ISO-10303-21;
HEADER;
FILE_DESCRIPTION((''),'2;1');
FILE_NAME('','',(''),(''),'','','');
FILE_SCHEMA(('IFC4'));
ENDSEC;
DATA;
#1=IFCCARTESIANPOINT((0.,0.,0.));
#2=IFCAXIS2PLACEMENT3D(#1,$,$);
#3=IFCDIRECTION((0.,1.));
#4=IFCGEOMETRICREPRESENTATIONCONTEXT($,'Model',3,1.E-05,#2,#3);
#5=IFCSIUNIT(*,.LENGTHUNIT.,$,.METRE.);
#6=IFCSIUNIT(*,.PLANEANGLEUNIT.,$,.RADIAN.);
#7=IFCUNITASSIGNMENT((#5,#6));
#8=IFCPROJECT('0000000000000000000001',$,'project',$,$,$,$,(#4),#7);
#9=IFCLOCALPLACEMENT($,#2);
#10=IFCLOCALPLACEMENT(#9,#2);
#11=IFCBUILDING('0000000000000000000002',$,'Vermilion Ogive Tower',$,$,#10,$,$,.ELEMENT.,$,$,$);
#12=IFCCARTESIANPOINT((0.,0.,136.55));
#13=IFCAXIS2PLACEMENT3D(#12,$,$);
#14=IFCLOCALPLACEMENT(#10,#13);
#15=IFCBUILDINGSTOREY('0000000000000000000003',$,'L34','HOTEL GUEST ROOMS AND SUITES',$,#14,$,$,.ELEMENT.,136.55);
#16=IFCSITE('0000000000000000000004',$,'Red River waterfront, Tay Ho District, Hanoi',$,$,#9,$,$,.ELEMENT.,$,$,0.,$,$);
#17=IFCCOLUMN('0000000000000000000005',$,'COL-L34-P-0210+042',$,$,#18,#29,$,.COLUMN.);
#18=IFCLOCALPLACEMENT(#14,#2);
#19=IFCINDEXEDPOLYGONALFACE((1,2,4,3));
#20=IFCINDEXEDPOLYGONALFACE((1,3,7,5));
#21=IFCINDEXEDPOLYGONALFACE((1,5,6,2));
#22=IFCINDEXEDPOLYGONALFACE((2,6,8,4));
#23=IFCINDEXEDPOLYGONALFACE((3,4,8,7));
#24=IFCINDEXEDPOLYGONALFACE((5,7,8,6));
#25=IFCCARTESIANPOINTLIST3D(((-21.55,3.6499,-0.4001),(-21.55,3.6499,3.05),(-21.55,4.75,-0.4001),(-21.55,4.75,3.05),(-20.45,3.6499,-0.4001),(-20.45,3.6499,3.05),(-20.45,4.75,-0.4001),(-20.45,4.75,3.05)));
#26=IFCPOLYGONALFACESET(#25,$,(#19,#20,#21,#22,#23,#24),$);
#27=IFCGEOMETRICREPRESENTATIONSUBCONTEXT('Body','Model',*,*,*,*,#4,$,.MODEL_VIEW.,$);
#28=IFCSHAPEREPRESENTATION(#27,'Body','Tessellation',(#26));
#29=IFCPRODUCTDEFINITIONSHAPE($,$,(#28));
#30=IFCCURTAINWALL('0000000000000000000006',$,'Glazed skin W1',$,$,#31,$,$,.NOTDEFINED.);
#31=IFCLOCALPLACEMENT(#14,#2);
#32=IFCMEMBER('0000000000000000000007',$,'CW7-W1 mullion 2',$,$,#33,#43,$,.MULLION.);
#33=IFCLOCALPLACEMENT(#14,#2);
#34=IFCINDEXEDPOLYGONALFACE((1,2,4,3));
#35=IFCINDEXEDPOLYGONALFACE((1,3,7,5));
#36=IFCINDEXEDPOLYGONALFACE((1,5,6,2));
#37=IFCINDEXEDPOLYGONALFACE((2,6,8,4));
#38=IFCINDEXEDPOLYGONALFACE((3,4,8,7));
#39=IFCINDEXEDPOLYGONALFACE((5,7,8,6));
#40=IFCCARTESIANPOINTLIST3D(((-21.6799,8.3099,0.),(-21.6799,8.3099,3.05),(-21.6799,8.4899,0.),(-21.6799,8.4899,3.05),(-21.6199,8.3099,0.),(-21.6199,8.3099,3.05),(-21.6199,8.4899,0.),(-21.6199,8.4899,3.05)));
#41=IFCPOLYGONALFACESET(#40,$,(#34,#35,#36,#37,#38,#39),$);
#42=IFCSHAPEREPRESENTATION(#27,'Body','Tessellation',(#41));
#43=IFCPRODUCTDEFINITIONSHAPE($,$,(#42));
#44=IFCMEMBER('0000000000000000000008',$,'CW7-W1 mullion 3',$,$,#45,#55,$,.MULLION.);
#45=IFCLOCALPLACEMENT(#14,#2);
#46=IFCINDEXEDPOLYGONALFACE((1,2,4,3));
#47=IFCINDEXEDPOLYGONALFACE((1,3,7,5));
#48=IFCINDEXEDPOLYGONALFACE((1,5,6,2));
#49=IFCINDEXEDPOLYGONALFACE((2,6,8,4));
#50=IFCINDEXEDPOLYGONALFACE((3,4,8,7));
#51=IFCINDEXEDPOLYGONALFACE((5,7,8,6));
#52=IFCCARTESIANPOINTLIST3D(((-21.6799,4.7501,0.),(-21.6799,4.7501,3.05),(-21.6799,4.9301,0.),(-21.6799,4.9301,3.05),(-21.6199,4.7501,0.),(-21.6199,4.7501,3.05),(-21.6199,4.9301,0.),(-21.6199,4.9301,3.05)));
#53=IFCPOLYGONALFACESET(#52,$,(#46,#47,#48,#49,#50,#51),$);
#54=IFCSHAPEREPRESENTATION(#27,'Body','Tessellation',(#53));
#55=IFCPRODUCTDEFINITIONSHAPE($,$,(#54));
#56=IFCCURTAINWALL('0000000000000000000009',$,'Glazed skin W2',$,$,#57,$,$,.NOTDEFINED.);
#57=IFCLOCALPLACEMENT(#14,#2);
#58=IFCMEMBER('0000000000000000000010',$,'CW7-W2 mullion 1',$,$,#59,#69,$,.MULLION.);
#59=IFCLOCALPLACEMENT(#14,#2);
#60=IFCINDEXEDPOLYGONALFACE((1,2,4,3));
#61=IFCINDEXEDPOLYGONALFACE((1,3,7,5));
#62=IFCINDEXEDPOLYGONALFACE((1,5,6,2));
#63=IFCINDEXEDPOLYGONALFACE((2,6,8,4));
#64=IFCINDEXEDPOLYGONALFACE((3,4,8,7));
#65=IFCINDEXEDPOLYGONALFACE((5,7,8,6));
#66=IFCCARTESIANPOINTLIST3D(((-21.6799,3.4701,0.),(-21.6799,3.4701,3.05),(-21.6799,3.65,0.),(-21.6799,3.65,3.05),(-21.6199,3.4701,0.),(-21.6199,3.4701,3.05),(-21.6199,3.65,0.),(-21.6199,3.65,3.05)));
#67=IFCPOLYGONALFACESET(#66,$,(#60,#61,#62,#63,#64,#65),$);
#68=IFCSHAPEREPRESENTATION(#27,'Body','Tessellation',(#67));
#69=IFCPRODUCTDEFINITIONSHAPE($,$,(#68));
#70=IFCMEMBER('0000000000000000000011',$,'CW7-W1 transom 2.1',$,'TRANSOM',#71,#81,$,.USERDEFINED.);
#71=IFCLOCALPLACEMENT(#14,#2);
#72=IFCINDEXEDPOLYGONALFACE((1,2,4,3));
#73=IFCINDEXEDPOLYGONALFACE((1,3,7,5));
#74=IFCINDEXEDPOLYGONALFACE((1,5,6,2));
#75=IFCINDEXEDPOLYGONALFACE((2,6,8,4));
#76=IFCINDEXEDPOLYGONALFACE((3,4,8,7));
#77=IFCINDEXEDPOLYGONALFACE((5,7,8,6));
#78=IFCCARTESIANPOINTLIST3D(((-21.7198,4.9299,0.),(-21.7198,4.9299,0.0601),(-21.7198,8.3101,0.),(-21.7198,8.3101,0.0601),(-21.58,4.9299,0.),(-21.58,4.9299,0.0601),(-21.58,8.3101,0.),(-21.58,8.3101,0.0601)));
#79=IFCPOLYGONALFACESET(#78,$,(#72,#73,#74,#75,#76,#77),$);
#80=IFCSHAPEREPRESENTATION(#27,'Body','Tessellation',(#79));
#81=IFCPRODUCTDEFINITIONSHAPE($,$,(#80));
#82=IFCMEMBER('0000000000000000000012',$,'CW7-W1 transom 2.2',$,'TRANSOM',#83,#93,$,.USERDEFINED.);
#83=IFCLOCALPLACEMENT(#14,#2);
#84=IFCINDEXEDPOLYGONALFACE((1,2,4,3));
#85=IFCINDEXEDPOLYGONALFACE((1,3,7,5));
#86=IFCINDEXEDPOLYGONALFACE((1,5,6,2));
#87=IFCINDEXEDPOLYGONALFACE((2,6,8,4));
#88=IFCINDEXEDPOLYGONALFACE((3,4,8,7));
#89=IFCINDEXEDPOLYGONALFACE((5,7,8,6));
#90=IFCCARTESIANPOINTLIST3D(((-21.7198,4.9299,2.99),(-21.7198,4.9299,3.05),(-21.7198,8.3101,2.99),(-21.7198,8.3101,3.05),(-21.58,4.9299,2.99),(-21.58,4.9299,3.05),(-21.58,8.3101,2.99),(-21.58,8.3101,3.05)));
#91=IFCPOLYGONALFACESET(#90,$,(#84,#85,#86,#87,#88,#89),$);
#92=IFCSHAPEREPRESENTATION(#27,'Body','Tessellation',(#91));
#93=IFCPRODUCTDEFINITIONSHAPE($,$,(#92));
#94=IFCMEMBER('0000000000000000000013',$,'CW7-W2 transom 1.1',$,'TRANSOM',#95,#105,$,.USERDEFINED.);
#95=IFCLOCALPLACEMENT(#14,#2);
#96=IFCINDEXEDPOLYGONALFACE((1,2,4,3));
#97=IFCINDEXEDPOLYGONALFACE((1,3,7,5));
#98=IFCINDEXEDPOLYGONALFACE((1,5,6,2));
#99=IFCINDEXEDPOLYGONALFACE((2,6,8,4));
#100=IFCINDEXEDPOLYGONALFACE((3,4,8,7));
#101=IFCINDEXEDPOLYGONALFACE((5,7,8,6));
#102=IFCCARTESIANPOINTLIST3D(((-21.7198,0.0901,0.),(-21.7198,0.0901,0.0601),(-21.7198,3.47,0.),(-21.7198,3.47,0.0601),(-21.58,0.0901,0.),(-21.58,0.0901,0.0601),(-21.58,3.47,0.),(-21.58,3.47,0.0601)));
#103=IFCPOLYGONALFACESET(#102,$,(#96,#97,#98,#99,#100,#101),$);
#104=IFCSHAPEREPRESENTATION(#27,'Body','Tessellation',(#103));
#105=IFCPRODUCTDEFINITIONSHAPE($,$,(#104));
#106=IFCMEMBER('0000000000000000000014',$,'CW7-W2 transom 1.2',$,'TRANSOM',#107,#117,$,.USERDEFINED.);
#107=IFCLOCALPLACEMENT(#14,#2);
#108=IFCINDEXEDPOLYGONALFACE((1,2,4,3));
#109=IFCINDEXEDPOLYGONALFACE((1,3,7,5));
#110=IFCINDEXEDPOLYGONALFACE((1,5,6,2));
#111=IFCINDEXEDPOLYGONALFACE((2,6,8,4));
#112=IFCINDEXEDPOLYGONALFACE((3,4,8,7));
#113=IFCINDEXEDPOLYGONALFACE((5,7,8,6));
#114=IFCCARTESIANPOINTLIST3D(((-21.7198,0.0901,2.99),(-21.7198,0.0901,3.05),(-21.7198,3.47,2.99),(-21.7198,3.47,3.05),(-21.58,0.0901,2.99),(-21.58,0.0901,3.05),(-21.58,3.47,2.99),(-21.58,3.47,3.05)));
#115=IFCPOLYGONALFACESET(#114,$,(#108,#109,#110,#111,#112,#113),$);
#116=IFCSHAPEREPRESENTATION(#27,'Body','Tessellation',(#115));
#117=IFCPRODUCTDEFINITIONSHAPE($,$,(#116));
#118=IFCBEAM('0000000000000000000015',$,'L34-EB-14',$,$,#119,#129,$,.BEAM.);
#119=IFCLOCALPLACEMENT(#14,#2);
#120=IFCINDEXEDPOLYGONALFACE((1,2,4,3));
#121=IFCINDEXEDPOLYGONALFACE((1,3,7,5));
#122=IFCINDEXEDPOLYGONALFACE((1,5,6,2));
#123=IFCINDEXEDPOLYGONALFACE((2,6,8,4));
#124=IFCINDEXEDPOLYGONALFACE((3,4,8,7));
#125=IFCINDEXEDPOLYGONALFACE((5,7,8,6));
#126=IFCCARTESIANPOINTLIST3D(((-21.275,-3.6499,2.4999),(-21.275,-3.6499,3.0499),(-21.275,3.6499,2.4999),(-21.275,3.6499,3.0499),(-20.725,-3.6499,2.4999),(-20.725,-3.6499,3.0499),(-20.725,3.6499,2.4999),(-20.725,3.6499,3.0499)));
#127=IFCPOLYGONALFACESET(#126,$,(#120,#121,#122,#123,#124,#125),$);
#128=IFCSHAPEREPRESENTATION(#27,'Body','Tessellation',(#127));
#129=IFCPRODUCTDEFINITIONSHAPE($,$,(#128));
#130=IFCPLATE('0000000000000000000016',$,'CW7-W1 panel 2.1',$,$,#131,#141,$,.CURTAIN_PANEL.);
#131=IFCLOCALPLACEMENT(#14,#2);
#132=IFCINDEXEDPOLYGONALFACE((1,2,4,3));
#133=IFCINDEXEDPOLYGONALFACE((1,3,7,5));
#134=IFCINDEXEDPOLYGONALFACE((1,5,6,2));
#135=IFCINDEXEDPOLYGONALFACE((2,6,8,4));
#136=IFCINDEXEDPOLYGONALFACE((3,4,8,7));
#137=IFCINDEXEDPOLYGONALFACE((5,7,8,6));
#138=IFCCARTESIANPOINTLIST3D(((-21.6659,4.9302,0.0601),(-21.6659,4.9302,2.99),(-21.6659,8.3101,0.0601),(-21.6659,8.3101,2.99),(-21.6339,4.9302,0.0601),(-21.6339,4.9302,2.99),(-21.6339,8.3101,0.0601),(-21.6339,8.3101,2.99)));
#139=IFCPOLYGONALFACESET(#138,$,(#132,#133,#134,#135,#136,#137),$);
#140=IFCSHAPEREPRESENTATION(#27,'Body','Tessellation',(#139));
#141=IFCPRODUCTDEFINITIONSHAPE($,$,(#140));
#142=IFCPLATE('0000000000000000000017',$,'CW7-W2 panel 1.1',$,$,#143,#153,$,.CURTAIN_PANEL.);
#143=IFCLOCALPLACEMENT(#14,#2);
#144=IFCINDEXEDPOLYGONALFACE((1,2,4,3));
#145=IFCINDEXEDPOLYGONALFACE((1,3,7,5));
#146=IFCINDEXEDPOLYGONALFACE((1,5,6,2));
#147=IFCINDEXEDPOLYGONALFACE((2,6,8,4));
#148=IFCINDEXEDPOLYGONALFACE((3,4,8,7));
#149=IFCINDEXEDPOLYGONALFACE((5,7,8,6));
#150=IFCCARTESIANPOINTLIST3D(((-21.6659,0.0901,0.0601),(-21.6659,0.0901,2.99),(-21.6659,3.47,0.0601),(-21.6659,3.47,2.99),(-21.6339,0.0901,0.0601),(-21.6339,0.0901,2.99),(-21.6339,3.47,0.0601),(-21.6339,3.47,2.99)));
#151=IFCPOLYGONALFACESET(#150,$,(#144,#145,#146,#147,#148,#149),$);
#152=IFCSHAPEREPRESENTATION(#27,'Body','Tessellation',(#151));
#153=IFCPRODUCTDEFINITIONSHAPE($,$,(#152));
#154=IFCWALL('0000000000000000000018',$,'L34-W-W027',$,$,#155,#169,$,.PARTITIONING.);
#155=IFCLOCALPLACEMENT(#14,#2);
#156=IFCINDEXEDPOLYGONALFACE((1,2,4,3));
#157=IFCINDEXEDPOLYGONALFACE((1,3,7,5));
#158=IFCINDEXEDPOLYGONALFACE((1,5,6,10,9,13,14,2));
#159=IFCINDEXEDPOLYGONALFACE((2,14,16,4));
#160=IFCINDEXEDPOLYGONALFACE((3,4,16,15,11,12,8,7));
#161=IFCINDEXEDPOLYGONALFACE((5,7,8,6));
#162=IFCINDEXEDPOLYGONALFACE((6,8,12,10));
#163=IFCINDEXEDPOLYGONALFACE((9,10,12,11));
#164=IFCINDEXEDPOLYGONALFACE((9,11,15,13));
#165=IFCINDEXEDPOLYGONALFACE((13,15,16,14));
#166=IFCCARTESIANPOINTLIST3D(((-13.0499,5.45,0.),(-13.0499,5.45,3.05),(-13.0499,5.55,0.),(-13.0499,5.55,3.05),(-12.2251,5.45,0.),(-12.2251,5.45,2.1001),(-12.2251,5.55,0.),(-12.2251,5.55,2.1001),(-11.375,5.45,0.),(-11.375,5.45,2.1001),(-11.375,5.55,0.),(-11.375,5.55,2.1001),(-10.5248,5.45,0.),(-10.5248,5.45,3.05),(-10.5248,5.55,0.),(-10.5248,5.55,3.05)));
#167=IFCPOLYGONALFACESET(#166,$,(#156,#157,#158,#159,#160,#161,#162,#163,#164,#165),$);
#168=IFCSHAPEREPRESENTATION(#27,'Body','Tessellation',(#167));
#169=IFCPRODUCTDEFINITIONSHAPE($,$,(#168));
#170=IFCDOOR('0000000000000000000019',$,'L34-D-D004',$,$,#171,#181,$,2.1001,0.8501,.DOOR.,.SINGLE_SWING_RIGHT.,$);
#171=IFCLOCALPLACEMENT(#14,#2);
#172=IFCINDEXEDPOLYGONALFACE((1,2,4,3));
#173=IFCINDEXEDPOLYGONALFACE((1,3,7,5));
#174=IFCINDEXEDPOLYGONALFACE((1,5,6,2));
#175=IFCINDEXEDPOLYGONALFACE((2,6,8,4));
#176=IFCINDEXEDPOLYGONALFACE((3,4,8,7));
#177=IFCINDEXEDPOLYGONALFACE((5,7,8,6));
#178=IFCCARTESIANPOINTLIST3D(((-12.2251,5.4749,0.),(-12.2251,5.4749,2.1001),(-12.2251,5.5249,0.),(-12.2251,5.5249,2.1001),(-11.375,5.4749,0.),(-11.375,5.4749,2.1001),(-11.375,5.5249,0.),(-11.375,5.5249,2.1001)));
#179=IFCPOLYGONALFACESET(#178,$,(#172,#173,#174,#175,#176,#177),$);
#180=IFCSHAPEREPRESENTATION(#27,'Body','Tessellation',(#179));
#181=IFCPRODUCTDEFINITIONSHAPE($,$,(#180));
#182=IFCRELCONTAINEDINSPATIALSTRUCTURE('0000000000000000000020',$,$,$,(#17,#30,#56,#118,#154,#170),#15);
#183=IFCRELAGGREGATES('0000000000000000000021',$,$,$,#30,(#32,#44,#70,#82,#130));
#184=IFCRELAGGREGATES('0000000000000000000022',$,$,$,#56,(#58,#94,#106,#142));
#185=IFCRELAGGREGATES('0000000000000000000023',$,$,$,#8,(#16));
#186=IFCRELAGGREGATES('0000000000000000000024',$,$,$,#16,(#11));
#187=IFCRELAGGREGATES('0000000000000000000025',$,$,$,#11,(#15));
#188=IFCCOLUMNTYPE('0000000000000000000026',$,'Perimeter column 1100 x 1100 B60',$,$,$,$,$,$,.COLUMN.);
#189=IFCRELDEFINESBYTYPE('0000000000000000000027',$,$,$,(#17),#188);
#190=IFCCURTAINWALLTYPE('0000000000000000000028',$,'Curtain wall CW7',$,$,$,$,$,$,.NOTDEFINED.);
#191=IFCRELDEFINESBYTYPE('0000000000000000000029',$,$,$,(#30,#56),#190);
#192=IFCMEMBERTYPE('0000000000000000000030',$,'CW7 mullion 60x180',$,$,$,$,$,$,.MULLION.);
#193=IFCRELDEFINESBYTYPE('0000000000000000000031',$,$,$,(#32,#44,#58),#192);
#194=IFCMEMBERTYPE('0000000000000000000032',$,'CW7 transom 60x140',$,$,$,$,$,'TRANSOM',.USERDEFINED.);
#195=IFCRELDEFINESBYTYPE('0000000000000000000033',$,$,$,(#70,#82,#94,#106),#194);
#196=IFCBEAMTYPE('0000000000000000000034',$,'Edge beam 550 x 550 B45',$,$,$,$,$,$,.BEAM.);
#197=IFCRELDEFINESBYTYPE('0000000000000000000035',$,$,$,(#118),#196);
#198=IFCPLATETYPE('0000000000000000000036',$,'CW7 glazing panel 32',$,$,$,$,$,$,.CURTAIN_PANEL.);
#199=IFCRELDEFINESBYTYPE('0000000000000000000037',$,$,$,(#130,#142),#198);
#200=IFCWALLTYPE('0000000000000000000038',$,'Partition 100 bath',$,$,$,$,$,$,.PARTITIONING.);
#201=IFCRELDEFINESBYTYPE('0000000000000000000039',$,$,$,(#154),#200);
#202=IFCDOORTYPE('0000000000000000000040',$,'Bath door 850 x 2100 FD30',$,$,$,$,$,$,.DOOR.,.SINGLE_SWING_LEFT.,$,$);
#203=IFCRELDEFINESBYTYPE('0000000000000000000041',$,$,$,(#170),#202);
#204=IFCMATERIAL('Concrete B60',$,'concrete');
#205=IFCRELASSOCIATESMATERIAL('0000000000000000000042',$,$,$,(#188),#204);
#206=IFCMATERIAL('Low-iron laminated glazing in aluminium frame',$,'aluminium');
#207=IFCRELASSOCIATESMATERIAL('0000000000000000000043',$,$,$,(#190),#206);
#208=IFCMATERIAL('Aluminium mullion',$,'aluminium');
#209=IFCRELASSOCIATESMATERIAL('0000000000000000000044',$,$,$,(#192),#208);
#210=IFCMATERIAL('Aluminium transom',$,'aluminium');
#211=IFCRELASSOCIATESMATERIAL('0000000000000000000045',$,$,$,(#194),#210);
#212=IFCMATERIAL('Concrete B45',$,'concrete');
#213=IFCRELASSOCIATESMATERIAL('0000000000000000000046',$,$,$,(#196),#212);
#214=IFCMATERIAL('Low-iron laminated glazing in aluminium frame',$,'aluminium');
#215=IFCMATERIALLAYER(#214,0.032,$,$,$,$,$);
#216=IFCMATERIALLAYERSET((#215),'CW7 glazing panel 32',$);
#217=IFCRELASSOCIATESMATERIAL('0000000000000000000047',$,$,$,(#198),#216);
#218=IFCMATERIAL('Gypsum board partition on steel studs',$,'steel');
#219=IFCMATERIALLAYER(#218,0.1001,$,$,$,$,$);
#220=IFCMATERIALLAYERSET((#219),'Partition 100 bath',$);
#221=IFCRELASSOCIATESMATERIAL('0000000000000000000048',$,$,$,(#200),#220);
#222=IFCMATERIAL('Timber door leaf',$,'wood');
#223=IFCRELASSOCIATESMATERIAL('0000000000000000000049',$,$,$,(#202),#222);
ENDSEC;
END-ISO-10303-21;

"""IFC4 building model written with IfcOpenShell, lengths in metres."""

from ifc_helpers import new_model, si_unit, direction, frame, frame_2d, origin, origin_2d, place, context, subcontext, project, spatial, rectangle, extrude, material, layer, layer_set, material_profile, profile_set, type_object, element, fill, aggregate, save


model = new_model("IFC4")

# Units and contexts
model_context = context("Model", 3, precision=1e-05, world=origin(), true_north=direction((0.0, 1.0)))
body_context = subcontext(model_context, "Body", "Model", "MODEL_VIEW")
ifc_project = project(units=[si_unit("LENGTHUNIT", "METRE"), si_unit("PLANEANGLEUNIT", "RADIAN")], contexts=[model_context])

# Site, building, storey
site_placement = place(None, origin())
site = spatial("IfcSite", under=ifc_project, at=site_placement, Name="Red River waterfront, Tay Ho District, Hanoi", CompositionType="ELEMENT", RefElevation=0.0)
building_placement = place(site_placement, origin())
building = spatial("IfcBuilding", under=site, at=building_placement, Name="Vermilion Ogive Tower", CompositionType="ELEMENT")
storey_placement = place(building_placement, frame((0.0, 0.0, 136.55)))
storey = spatial("IfcBuildingStorey", under=building, at=storey_placement, Name="L34", Description="HOTEL GUEST ROOMS AND SUITES", CompositionType="ELEMENT", Elevation=136.55)

# Column
ifc_material_1 = material(Name="Concrete B60", Category="concrete")
ifc_material_profile_1 = material_profile(ifc_material_1, rectangle(XDim=1.1001, YDim=1.1001, at=origin_2d()), Name="1100 x 1100")
ifc_profile_set_1 = profile_set([ifc_material_profile_1], Name="Concrete B60")
column_type = type_object("IfcColumnType", Name="Perimeter column 1100 x 1100 B60", PredefinedType="COLUMN", material=ifc_profile_set_1)
column_placement = place(storey_placement, frame((-21.0, 4.2, -0.4001), z_axis=(0.0, 0.0, 1.0), x_axis=(1.0, 0.0, 0.0)))
element("IfcColumn", 1, at=column_placement, inside=storey, type_object=column_type, Name="COL-L34-P-0210+042", PredefinedType="COLUMN", context=body_context, shape_type="SweptSolid", body=[
    extrude(rectangle(XDim=1.1001, YDim=1.1001, at=origin_2d()), origin(), (0.0, 0.0, 1.0), 3.4502),
])

# Curtain wall, members
ifc_material_2 = material(Name="Low-iron laminated glazing in aluminium frame", Category="aluminium")
curtain_wall_type = type_object("IfcCurtainWallType", Name="Curtain wall CW7", PredefinedType="NOTDEFINED", material=ifc_material_2)
curtain_wall_1_placement = place(storey_placement, origin())
curtain_wall_1 = element("IfcCurtainWall", 2, at=curtain_wall_1_placement, inside=storey, type_object=curtain_wall_type, Name="Glazed skin W1", PredefinedType="NOTDEFINED")
ifc_material_3 = material(Name="Aluminium mullion", Category="aluminium")
ifc_material_profile_2 = material_profile(ifc_material_3, rectangle(XDim=0.0601, YDim=0.1799, at=origin_2d()), Name="AL 60x180")
ifc_profile_set_2 = profile_set([ifc_material_profile_2], Name="Aluminium mullion")
member_type_1 = type_object("IfcMemberType", Name="CW7 mullion 60x180", PredefinedType="MULLION", material=ifc_profile_set_2)
member_1_placement = place(storey_placement, frame((-21.6499, 8.3999, 0.0), z_axis=(0.0, 0.0, 1.0), x_axis=(1.0, 0.0, 0.0)))
member_1 = element("IfcMember", 3, at=member_1_placement, type_object=member_type_1, Name="CW7-W1 mullion 2", PredefinedType="MULLION", context=body_context, shape_type="SweptSolid", body=[
    extrude(rectangle(XDim=0.0601, YDim=0.1799, at=origin_2d()), origin(), (0.0, 0.0, 1.0), 3.05),
])
member_2_placement = place(storey_placement, frame((-21.6499, 4.8401, 0.0), z_axis=(0.0, 0.0, 1.0), x_axis=(1.0, 0.0, 0.0)))
member_2 = element("IfcMember", 4, at=member_2_placement, type_object=member_type_1, Name="CW7-W1 mullion 3", PredefinedType="MULLION", context=body_context, shape_type="SweptSolid", body=[
    extrude(rectangle(XDim=0.0601, YDim=0.1799, at=origin_2d()), origin(), (0.0, 0.0, 1.0), 3.05),
])

# Curtain wall, member
curtain_wall_2_placement = place(storey_placement, origin())
curtain_wall_2 = element("IfcCurtainWall", 5, at=curtain_wall_2_placement, inside=storey, type_object=curtain_wall_type, Name="Glazed skin W2", PredefinedType="NOTDEFINED")
member_3_placement = place(storey_placement, frame((-21.6499, 3.5601, 0.0), z_axis=(0.0, 0.0, 1.0), x_axis=(1.0, 0.0, 0.0)))
member_3 = element("IfcMember", 6, at=member_3_placement, type_object=member_type_1, Name="CW7-W2 mullion 1", PredefinedType="MULLION", context=body_context, shape_type="SweptSolid", body=[
    extrude(rectangle(XDim=0.0601, YDim=0.1799, at=origin_2d()), origin(), (0.0, 0.0, 1.0), 3.05),
])

# Members
ifc_material_4 = material(Name="Aluminium transom", Category="aluminium")
ifc_material_profile_3 = material_profile(ifc_material_4, rectangle(XDim=0.1399, YDim=0.0601, at=origin_2d()), Name="AL 60x140")
ifc_profile_set_3 = profile_set([ifc_material_profile_3], Name="Aluminium transom")
member_type_2 = type_object("IfcMemberType", Name="CW7 transom 60x140", ElementType="TRANSOM", PredefinedType="USERDEFINED", material=ifc_profile_set_3)
member_4_placement = place(storey_placement, frame((-21.6499, 8.3101, 0.03), z_axis=(0.0, -1.0, 0.0), x_axis=(1.0, 0.0, 0.0)))
member_4 = element("IfcMember", 7, at=member_4_placement, type_object=member_type_2, Name="CW7-W1 transom 2.1", ObjectType="TRANSOM", PredefinedType="USERDEFINED", context=body_context, shape_type="SweptSolid", body=[
    extrude(rectangle(XDim=0.1399, YDim=0.0601, at=origin_2d()), origin(), (0.0, 0.0, 1.0), 3.3801),
])
member_5_placement = place(storey_placement, frame((-21.6499, 8.3101, 3.02), z_axis=(0.0, -1.0, 0.0), x_axis=(1.0, 0.0, 0.0)))
member_5 = element("IfcMember", 8, at=member_5_placement, type_object=member_type_2, Name="CW7-W1 transom 2.2", ObjectType="TRANSOM", PredefinedType="USERDEFINED", context=body_context, shape_type="SweptSolid", body=[
    extrude(rectangle(XDim=0.1399, YDim=0.0601, at=origin_2d()), origin(), (0.0, 0.0, 1.0), 3.3801),
])
member_6_placement = place(storey_placement, frame((-21.6499, 3.47, 0.03), z_axis=(0.0, -1.0, 0.0), x_axis=(1.0, 0.0, 0.0)))
member_6 = element("IfcMember", 9, at=member_6_placement, type_object=member_type_2, Name="CW7-W2 transom 1.1", ObjectType="TRANSOM", PredefinedType="USERDEFINED", context=body_context, shape_type="SweptSolid", body=[
    extrude(rectangle(XDim=0.1399, YDim=0.0601, at=origin_2d()), origin(), (0.0, 0.0, 1.0), 3.3799),
])
member_7_placement = place(storey_placement, frame((-21.6499, 3.47, 3.02), z_axis=(0.0, -1.0, 0.0), x_axis=(1.0, 0.0, 0.0)))
member_7 = element("IfcMember", 10, at=member_7_placement, type_object=member_type_2, Name="CW7-W2 transom 1.2", ObjectType="TRANSOM", PredefinedType="USERDEFINED", context=body_context, shape_type="SweptSolid", body=[
    extrude(rectangle(XDim=0.1399, YDim=0.0601, at=origin_2d()), origin(), (0.0, 0.0, 1.0), 3.3799),
])

# Beam
ifc_material_5 = material(Name="Concrete B45", Category="concrete")
ifc_material_profile_4 = material_profile(ifc_material_5, rectangle(XDim=0.55, YDim=0.55, at=origin_2d()), Name="550 x 550")
ifc_profile_set_4 = profile_set([ifc_material_profile_4], Name="Concrete B45")
beam_type = type_object("IfcBeamType", Name="Edge beam 550 x 550 B45", PredefinedType="BEAM", material=ifc_profile_set_4)
beam_placement = place(storey_placement, frame((-21.0, 3.6499, 2.7749), z_axis=(0.0, -1.0, 0.0), x_axis=(1.0, 0.0, 0.0)))
element("IfcBeam", 11, at=beam_placement, inside=storey, type_object=beam_type, Name="L34-EB-14", PredefinedType="BEAM", context=body_context, shape_type="SweptSolid", body=[
    extrude(rectangle(XDim=0.55, YDim=0.55, at=origin_2d()), origin(), (0.0, 0.0, 1.0), 7.2998),
])

# Plates
ifc_material_6 = material(Name="Low-iron laminated glazing in aluminium frame", Category="aluminium")
ifc_layer_1 = layer(ifc_material_6, 0.032)
ifc_layer_set_1 = layer_set([ifc_layer_1], Name="CW7 glazing panel 32")
plate_type = type_object("IfcPlateType", Name="CW7 glazing panel 32", PredefinedType="CURTAIN_PANEL", material=ifc_layer_set_1)
plate_1_placement = place(storey_placement, frame((-21.6499, 6.6201, 0.0601), z_axis=(0.0, 0.0, 1.0), x_axis=(0.0, -1.0, 0.0)))
plate_1 = element("IfcPlate", 12, at=plate_1_placement, type_object=plate_type, Name="CW7-W1 panel 2.1", PredefinedType="CURTAIN_PANEL", context=body_context, shape_type="SweptSolid", body=[
    extrude(rectangle(XDim=3.3799, YDim=0.032, at=origin_2d()), origin(), (0.0, 0.0, 1.0), 2.9299),
])
aggregate(curtain_wall_1, [member_1, member_2, member_4, member_5, plate_1])
plate_2_placement = place(storey_placement, frame((-21.6499, 1.78, 0.0601), z_axis=(0.0, 0.0, 1.0), x_axis=(0.0, -1.0, 0.0)))
plate_2 = element("IfcPlate", 13, at=plate_2_placement, type_object=plate_type, Name="CW7-W2 panel 1.1", PredefinedType="CURTAIN_PANEL", context=body_context, shape_type="SweptSolid", body=[
    extrude(rectangle(XDim=3.3799, YDim=0.032, at=origin_2d()), origin(), (0.0, 0.0, 1.0), 2.9299),
])
aggregate(curtain_wall_2, [member_3, member_6, member_7, plate_2])

# Wall, opening, door
ifc_material_7 = material(Name="Gypsum board partition on steel studs", Category="steel")
ifc_layer_2 = layer(ifc_material_7, 0.1001)
ifc_layer_set_2 = layer_set([ifc_layer_2], Name="Partition 100 bath")
wall_type_1 = type_object("IfcWallType", Name="Partition 100 bath", PredefinedType="PARTITIONING", material=ifc_layer_set_2)
wall_1_placement = place(storey_placement, frame((-13.05, 5.5, 0.0), z_axis=(0.0, 0.0, 1.0), x_axis=(1.0, 0.0, 0.0)))
wall_1 = element("IfcWall", 14, at=wall_1_placement, inside=storey, type_object=wall_type_1, Name="L34-W-W027", PredefinedType="PARTITIONING", context=body_context, shape_type="SweptSolid", body=[
    extrude(rectangle(XDim=2.5251, YDim=0.1001, at=frame_2d((1.2627, 0.0))), origin(), (0.0, 0.0, 1.0), 3.05),
])
opening_placement = place(wall_1_placement, frame((0.825, 0.0, 0.0)))
opening = element("IfcOpeningElement", 15, at=opening_placement, cuts=wall_1, PredefinedType="OPENING", context=body_context, shape_type="SweptSolid", body=[
    extrude(rectangle(XDim=0.8501, YDim=2.1001, at=frame_2d((0.425, 1.05))), frame((0.0, 0.0601, 0.0), z_axis=(0.0, -1.0, 0.0), x_axis=(1.0, 0.0, 0.0)), (0.0, 0.0, 1.0), 0.1201),
])
ifc_material_8 = material(Name="Timber door leaf", Category="wood")
door_type = type_object("IfcDoorType", Name="Bath door 850 x 2100 FD30", OperationType="SINGLE_SWING_LEFT", PredefinedType="DOOR", material=ifc_material_8)
door_placement = place(opening_placement, origin())
door = element("IfcDoor", 16, at=door_placement, inside=storey, type_object=door_type, Name="L34-D-D004", OperationType="SINGLE_SWING_RIGHT", OverallHeight=2.1001, OverallWidth=0.8501, PredefinedType="DOOR", context=body_context, shape_type="SweptSolid", body=[
    extrude(rectangle(XDim=0.8501, YDim=2.1001, at=frame_2d((0.425, 1.05))), frame((0.0, 0.0249, 0.0), z_axis=(0.0, -1.0, 0.0), x_axis=(1.0, 0.0, 0.0)), (0.0, 0.0, 1.0), 0.05),
])
fill(opening, door)

save(model, "model.ifc")
